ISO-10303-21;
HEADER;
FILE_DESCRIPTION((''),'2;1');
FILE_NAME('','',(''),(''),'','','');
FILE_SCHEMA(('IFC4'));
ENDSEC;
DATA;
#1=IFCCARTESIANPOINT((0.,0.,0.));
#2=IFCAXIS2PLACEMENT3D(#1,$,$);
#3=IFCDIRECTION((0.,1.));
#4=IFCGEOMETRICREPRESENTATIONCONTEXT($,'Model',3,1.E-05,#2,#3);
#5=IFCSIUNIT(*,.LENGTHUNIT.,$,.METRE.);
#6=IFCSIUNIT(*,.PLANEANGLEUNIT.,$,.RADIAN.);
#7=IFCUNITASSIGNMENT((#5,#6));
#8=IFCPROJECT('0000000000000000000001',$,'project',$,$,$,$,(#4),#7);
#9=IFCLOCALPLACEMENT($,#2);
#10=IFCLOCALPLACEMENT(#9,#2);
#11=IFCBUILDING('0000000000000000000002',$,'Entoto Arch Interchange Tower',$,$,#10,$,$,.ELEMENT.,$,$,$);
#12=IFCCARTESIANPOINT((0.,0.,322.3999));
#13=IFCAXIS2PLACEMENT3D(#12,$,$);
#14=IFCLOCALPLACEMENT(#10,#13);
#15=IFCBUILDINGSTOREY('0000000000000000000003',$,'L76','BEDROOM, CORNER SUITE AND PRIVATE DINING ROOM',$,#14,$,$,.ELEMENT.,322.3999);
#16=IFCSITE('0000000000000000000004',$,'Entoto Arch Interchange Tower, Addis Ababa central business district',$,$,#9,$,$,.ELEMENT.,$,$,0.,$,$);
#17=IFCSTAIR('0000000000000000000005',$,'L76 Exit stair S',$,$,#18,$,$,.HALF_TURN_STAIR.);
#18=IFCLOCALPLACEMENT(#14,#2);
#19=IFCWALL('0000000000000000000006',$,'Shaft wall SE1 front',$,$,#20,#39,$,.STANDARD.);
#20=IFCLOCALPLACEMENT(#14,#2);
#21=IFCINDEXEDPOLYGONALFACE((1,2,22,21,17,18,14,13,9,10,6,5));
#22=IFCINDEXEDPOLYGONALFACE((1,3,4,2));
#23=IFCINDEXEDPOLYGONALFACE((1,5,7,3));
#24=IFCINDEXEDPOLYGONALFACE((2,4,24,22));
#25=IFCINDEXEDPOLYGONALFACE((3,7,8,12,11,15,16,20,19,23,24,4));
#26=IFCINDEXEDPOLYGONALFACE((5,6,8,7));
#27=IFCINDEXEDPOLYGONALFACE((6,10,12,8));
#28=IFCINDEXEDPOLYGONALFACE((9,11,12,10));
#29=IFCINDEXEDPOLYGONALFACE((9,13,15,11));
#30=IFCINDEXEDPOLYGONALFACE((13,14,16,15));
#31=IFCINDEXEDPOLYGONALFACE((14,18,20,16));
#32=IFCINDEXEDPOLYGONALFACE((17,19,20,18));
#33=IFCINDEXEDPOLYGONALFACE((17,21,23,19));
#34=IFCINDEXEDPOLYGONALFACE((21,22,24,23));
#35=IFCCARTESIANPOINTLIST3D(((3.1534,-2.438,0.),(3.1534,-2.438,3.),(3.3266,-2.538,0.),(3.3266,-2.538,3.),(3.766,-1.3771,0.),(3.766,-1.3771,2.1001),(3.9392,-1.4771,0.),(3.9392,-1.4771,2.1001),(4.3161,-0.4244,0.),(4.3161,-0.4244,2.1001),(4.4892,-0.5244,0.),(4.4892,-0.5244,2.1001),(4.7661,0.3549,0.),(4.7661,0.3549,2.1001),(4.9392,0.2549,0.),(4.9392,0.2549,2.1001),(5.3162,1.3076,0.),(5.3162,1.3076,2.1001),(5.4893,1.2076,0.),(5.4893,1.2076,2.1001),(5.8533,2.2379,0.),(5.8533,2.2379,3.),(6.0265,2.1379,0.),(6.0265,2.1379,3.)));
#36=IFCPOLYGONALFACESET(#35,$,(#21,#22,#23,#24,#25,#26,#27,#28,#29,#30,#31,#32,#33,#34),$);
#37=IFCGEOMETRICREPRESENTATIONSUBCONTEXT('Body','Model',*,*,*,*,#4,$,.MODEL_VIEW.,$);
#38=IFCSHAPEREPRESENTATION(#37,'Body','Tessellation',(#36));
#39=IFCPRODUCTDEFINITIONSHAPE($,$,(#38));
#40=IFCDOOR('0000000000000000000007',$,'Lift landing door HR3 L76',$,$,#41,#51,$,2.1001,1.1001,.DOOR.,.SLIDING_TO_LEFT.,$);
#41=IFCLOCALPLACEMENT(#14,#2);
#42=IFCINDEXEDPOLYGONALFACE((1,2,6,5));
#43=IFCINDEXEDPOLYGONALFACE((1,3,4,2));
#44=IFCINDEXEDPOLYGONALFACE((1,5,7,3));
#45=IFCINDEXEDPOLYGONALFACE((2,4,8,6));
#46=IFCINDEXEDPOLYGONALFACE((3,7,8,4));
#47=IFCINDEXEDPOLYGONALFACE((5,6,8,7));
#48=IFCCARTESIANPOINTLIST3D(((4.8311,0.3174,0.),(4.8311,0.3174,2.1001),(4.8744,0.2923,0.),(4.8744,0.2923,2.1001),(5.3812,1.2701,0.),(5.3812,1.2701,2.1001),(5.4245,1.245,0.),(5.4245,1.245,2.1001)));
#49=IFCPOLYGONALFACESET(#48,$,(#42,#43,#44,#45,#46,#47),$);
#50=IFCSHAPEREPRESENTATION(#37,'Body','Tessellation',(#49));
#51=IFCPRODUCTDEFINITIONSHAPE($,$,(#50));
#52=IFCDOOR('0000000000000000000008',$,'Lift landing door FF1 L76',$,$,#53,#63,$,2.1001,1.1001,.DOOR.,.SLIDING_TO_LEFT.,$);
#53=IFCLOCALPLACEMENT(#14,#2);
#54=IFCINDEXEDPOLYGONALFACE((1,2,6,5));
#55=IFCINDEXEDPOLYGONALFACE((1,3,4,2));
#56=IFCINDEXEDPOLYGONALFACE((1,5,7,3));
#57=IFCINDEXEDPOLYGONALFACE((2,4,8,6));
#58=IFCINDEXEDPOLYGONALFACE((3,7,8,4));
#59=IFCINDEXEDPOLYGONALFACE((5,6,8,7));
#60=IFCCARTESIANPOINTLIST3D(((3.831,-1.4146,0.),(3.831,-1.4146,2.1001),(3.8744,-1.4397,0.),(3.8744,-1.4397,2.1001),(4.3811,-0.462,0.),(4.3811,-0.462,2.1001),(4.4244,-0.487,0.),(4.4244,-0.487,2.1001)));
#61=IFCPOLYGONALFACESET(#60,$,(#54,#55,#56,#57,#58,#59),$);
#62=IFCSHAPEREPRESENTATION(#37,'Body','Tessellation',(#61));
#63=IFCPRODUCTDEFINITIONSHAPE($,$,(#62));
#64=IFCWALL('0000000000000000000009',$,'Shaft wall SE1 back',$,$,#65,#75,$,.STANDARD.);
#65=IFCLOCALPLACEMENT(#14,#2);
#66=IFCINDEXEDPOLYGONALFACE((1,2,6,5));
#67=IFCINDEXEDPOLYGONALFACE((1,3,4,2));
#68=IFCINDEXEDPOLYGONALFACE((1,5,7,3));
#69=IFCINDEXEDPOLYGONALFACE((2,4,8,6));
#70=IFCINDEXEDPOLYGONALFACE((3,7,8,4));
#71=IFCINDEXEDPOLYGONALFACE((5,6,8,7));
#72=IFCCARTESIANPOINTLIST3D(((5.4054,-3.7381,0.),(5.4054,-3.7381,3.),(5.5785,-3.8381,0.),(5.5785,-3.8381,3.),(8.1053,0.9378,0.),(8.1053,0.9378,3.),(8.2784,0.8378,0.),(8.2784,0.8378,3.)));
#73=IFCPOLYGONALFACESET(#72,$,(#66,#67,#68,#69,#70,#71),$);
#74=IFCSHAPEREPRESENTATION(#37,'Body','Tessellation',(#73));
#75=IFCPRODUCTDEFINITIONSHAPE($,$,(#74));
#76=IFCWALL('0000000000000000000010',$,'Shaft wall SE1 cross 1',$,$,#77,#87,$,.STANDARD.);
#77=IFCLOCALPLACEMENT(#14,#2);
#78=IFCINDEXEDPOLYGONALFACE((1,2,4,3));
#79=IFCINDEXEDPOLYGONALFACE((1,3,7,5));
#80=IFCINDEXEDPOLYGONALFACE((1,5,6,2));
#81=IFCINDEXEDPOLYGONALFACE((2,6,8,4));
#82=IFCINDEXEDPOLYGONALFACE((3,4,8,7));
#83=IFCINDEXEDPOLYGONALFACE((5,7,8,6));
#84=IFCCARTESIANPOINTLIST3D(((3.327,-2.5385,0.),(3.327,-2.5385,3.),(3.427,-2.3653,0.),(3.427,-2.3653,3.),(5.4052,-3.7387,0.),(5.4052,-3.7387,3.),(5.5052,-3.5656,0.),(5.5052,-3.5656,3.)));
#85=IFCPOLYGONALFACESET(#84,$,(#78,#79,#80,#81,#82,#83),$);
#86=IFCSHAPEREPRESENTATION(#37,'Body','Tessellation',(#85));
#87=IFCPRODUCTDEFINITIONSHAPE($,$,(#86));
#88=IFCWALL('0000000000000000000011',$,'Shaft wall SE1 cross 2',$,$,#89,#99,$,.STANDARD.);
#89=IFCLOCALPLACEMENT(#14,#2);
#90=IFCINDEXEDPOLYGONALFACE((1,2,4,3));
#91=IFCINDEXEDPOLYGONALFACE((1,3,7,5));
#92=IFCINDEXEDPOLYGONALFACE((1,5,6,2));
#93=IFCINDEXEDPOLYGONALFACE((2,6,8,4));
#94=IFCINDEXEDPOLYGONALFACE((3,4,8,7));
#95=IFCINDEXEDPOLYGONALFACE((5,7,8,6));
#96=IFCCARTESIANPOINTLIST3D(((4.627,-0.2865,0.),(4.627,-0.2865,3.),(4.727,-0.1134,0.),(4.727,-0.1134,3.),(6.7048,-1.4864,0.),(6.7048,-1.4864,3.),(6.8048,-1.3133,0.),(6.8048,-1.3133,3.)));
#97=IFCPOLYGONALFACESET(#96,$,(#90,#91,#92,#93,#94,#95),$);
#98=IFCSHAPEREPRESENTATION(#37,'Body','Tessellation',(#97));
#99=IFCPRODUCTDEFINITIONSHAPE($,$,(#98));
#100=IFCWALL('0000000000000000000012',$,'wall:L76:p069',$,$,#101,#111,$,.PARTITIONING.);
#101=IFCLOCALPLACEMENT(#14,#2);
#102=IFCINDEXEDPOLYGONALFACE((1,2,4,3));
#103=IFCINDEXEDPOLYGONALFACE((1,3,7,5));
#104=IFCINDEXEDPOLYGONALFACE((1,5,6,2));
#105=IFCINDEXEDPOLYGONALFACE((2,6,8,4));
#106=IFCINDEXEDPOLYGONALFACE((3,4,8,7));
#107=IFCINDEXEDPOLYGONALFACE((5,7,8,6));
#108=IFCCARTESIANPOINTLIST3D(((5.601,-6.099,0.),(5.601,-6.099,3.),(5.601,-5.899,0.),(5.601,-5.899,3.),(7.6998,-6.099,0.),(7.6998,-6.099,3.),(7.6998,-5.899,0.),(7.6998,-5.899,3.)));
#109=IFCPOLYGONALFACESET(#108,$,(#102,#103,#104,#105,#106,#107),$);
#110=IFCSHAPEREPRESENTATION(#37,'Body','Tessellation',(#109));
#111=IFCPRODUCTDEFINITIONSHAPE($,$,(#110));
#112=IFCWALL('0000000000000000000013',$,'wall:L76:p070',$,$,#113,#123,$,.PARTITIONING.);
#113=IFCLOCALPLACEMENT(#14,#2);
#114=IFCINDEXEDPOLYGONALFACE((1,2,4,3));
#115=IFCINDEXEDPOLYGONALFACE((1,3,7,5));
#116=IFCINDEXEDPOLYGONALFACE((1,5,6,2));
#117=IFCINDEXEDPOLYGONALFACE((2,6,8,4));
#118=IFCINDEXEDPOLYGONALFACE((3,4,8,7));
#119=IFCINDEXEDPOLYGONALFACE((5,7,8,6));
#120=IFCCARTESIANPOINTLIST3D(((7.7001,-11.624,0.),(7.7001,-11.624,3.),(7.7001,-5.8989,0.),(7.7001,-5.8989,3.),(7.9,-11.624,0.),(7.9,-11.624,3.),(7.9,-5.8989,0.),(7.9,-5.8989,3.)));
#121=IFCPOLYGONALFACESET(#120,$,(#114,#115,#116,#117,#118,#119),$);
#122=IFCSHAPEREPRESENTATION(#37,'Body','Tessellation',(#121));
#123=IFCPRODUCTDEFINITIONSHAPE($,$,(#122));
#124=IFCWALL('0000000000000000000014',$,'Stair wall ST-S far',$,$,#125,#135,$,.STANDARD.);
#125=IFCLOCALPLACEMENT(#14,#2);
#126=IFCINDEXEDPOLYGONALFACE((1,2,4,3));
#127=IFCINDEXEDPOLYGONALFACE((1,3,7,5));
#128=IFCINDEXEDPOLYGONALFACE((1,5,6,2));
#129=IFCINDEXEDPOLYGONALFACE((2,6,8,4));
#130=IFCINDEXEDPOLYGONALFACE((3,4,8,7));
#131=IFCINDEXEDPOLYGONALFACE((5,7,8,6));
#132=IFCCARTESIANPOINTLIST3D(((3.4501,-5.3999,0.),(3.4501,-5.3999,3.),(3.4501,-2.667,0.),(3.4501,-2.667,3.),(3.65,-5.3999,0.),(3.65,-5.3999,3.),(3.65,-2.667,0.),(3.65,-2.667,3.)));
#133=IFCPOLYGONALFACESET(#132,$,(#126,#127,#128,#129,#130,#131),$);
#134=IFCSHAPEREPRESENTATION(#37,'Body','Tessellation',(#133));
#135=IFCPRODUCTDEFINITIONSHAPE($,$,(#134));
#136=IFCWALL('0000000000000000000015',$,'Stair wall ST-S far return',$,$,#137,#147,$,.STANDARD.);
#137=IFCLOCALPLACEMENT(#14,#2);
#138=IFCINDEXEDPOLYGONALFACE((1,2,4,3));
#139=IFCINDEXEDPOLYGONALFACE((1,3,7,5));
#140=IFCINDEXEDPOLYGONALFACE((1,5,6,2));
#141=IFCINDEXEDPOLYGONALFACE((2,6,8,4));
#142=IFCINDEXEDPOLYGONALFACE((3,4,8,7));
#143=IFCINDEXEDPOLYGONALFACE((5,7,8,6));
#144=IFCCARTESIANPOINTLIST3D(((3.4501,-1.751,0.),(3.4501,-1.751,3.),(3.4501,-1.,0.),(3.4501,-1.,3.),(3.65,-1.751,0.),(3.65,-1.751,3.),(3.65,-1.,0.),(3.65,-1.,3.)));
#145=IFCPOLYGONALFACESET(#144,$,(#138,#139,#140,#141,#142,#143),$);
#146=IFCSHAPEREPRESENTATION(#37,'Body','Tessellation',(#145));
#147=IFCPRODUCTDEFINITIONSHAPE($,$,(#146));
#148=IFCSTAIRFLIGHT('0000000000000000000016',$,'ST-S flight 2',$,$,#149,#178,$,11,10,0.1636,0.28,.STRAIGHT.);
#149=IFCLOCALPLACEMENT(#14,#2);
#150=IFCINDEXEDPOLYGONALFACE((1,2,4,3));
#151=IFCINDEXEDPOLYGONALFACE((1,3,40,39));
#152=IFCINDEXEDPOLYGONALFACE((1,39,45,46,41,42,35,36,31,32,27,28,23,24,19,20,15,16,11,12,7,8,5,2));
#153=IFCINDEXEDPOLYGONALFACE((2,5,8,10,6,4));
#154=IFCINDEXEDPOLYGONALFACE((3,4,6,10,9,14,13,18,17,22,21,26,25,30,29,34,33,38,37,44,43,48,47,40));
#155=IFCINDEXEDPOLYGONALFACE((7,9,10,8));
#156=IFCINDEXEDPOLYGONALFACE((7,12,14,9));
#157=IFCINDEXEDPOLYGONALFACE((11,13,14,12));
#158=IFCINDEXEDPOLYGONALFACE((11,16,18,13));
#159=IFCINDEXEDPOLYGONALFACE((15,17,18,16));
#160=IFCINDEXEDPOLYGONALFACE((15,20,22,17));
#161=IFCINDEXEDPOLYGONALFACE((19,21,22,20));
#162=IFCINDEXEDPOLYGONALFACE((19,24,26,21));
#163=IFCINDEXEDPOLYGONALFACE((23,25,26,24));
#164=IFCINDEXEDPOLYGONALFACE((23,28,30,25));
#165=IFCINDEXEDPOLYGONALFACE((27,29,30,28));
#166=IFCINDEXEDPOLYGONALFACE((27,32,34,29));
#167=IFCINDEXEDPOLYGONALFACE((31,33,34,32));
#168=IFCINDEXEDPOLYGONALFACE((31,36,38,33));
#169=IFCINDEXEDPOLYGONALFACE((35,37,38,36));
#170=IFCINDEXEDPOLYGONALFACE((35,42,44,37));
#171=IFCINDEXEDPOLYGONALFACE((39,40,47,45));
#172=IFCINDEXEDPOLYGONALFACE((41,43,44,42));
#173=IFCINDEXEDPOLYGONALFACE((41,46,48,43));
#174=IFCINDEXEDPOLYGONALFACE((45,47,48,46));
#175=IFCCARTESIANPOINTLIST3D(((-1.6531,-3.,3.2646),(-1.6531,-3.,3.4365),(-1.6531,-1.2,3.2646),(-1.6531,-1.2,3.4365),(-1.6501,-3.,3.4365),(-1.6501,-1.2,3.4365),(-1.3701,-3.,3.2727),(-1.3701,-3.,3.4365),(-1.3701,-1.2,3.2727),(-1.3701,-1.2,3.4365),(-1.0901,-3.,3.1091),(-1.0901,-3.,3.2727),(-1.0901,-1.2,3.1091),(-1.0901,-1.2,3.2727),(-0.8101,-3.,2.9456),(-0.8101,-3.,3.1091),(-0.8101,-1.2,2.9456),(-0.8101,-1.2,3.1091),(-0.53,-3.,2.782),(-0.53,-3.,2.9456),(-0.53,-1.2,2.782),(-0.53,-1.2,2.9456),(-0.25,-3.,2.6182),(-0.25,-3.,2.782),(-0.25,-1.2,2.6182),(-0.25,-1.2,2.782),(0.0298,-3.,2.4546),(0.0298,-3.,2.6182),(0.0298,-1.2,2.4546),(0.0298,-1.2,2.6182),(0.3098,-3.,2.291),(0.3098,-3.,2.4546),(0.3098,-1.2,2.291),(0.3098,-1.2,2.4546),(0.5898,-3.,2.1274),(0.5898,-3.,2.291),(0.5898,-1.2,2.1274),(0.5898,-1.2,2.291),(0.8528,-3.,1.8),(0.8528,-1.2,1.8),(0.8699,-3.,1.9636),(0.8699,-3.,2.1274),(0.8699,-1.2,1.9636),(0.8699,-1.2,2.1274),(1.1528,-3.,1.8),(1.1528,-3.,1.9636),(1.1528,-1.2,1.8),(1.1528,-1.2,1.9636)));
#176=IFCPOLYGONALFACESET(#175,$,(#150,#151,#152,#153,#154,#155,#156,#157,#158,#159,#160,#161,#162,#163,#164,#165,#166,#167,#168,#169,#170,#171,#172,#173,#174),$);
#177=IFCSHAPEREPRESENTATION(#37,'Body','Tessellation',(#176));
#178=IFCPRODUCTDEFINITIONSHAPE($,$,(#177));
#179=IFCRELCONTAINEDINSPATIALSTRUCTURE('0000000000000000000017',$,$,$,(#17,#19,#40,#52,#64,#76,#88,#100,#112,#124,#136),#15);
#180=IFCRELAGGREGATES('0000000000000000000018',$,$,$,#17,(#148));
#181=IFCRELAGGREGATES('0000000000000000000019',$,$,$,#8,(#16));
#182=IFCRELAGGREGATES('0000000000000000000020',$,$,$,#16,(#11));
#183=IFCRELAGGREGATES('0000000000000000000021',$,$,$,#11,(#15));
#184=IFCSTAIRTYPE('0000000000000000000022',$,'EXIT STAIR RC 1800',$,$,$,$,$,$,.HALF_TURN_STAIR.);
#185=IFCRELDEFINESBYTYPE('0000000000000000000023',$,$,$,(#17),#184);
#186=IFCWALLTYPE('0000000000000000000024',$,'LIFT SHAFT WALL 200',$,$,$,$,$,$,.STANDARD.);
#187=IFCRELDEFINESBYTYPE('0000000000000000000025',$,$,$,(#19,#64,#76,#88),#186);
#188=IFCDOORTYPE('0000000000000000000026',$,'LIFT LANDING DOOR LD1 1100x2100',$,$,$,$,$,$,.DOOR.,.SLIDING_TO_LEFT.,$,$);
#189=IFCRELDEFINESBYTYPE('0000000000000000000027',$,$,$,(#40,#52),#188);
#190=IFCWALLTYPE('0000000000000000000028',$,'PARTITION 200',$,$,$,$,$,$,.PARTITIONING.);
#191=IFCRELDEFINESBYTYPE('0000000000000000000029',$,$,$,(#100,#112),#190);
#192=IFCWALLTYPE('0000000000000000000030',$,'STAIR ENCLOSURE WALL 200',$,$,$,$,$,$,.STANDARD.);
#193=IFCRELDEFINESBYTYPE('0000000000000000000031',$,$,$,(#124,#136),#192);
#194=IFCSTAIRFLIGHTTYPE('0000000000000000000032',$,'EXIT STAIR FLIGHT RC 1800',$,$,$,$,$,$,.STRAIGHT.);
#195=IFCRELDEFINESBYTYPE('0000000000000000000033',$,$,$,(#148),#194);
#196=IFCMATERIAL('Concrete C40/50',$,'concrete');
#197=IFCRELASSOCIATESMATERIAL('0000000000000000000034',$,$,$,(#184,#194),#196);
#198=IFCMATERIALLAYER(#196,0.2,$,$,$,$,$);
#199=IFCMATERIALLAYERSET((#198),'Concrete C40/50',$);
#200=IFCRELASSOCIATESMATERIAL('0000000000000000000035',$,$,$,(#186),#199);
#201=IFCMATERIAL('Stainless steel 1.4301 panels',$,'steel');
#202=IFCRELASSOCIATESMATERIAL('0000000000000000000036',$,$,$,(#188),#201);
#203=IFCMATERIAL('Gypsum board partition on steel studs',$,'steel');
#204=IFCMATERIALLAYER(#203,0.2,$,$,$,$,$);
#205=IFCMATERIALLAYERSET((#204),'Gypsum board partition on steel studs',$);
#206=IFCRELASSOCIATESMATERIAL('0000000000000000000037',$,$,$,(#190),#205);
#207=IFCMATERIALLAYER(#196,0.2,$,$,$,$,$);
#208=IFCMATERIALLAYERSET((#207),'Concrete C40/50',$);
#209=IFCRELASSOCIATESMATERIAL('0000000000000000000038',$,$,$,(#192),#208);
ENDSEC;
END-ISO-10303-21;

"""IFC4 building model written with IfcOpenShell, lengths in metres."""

from ifc_helpers import new_model, si_unit, direction, frame, frame_2d, origin, place, context, subcontext, project, spatial, polyline, rectangle, outline, extrude, material, layer, layer_set, type_object, element, fill, aggregate, save


model = new_model("IFC4")

# Units and contexts
model_context = context("Model", 3, precision=1e-05, world=origin(), true_north=direction((0.0, 1.0)))
body_context = subcontext(model_context, "Body", "Model", "MODEL_VIEW")
ifc_project = project(units=[si_unit("LENGTHUNIT", "METRE"), si_unit("PLANEANGLEUNIT", "RADIAN")], contexts=[model_context])

# Site, building, storey
site_placement = place(None, origin())
site = spatial("IfcSite", under=ifc_project, at=site_placement, Name="Entoto Arch Interchange Tower, Addis Ababa central business district", CompositionType="ELEMENT", RefElevation=0.0)
building_placement = place(site_placement, origin())
building = spatial("IfcBuilding", under=site, at=building_placement, Name="Entoto Arch Interchange Tower", CompositionType="ELEMENT")
storey_placement = place(building_placement, frame((0.0, 0.0, 322.3999)))
storey = spatial("IfcBuildingStorey", under=building, at=storey_placement, Name="L76", Description="BEDROOM, CORNER SUITE AND PRIVATE DINING ROOM", CompositionType="ELEMENT", Elevation=322.3999)

# Shared definitions
ifc_material_1 = material(Name="Concrete C40/50", Category="concrete")

# Stair
stair_type = type_object("IfcStairType", Name="EXIT STAIR RC 1800", PredefinedType="HALF_TURN_STAIR", material=ifc_material_1)
stair_1_placement = place(storey_placement, origin())
stair_1 = element("IfcStair", 1, at=stair_1_placement, inside=storey, type_object=stair_type, Name="L76 Exit stair S", PredefinedType="HALF_TURN_STAIR")

# Wall, openings, doors
ifc_layer_1 = layer(ifc_material_1, 0.2)
ifc_layer_set_1 = layer_set([ifc_layer_1], Name="Concrete C40/50")
wall_type_1 = type_object("IfcWallType", Name="LIFT SHAFT WALL 200", PredefinedType="STANDARD", material=ifc_layer_set_1)
wall_1_placement = place(storey_placement, frame((3.24, -2.488, 0.0), z_axis=(0.0, 0.0, 1.0), x_axis=(0.500034, 0.866006, 0.0)))
wall_1 = element("IfcWall", 2, at=wall_1_placement, inside=storey, type_object=wall_type_1, Name="Shaft wall SE1 front", PredefinedType="STANDARD", context=body_context, shape_type="SweptSolid", body=[
    extrude(rectangle(XDim=5.3994, YDim=0.2, at=frame_2d((2.6997, 0.0))), origin(), (0.0, 0.0, 1.0), 3.0),
])
opening_1_placement = place(wall_1_placement, frame((3.2251, 0.0, 0.0)))
opening_1 = element("IfcOpeningElement", 3, at=opening_1_placement, cuts=wall_1, PredefinedType="OPENING", context=body_context, shape_type="SweptSolid", body=[
    extrude(rectangle(XDim=1.1001, YDim=2.1001, at=frame_2d((0.55, 1.05))), frame((0.0, 0.1099, 0.0), z_axis=(0.0, -1.0, 0.0), x_axis=(1.0, 0.0, 0.0)), (0.0, 0.0, 1.0), 0.22),
])
opening_2_placement = place(wall_1_placement, frame((1.2251, 0.0, 0.0)))
opening_2 = element("IfcOpeningElement", 4, at=opening_2_placement, cuts=wall_1, PredefinedType="OPENING", context=body_context, shape_type="SweptSolid", body=[
    extrude(rectangle(XDim=1.1001, YDim=2.1001, at=frame_2d((0.55, 1.05))), frame((0.0, 0.1099, 0.0), z_axis=(0.0, -1.0, 0.0), x_axis=(1.0, 0.0, 0.0)), (0.0, 0.0, 1.0), 0.22),
])
ifc_material_2 = material(Name="Stainless steel 1.4301 panels", Category="steel")
door_type_1 = type_object("IfcDoorType", Name="LIFT LANDING DOOR LD1 1100x2100", OperationType="SLIDING_TO_LEFT", PredefinedType="DOOR", material=ifc_material_2)
door_1_placement = place(opening_1_placement, origin())
door_1 = element("IfcDoor", 5, at=door_1_placement, inside=storey, type_object=door_type_1, Name="Lift landing door HR3 L76", OperationType="SLIDING_TO_LEFT", OverallHeight=2.1001, OverallWidth=1.1001, PredefinedType="DOOR", context=body_context, shape_type="SweptSolid", body=[
    extrude(rectangle(XDim=1.1001, YDim=2.1001, at=frame_2d((0.55, 1.05))), frame((0.0, 0.0249, 0.0), z_axis=(0.0, -1.0, 0.0), x_axis=(1.0, 0.0, 0.0)), (0.0, 0.0, 1.0), 0.05),
])
fill(opening_1, door_1)
door_2_placement = place(opening_2_placement, origin())
door_2 = element("IfcDoor", 6, at=door_2_placement, inside=storey, type_object=door_type_1, Name="Lift landing door FF1 L76", OperationType="SLIDING_TO_LEFT", OverallHeight=2.1001, OverallWidth=1.1001, PredefinedType="DOOR", context=body_context, shape_type="SweptSolid", body=[
    extrude(rectangle(XDim=1.1001, YDim=2.1001, at=frame_2d((0.55, 1.05))), frame((0.0, 0.0249, 0.0), z_axis=(0.0, -1.0, 0.0), x_axis=(1.0, 0.0, 0.0)), (0.0, 0.0, 1.0), 0.05),
])
fill(opening_2, door_2)

# Walls
wall_2_placement = place(storey_placement, frame((5.4919, -3.7881, 0.0), z_axis=(0.0, 0.0, 1.0), x_axis=(0.500034, 0.866006, 0.0)))
element("IfcWall", 7, at=wall_2_placement, inside=storey, type_object=wall_type_1, Name="Shaft wall SE1 back", PredefinedType="STANDARD", context=body_context, shape_type="SweptSolid", body=[
    extrude(rectangle(XDim=5.3994, YDim=0.2, at=frame_2d((2.6997, 0.0))), origin(), (0.0, 0.0, 1.0), 3.0),
])
wall_3_placement = place(storey_placement, frame((3.377, -2.4519, 0.0), z_axis=(0.0, 0.0, 1.0), x_axis=(0.865955, -0.500122, 0.0)))
element("IfcWall", 8, at=wall_3_placement, inside=storey, type_object=wall_type_1, Name="Shaft wall SE1 cross 1", PredefinedType="STANDARD", context=body_context, shape_type="SweptSolid", body=[
    extrude(rectangle(XDim=2.3999, YDim=0.2, at=frame_2d((1.2, 0.0))), origin(), (0.0, 0.0, 1.0), 3.0),
])
wall_4_placement = place(storey_placement, frame((4.677, -0.2, 0.0), z_axis=(0.0, 0.0, 1.0), x_axis=(0.865974, -0.500089, 0.0)))
element("IfcWall", 9, at=wall_4_placement, inside=storey, type_object=wall_type_1, Name="Shaft wall SE1 cross 2", PredefinedType="STANDARD", context=body_context, shape_type="SweptSolid", body=[
    extrude(rectangle(XDim=2.3994, YDim=0.2, at=frame_2d((1.1997, 0.0))), origin(), (0.0, 0.0, 1.0), 3.0),
])
ifc_material_3 = material(Name="Gypsum board partition on steel studs", Category="steel")
ifc_layer_2 = layer(ifc_material_3, 0.2)
ifc_layer_set_2 = layer_set([ifc_layer_2], Name="Gypsum board partition on steel studs")
wall_type_2 = type_object("IfcWallType", Name="PARTITION 200", PredefinedType="PARTITIONING", material=ifc_layer_set_2)
wall_5_placement = place(storey_placement, frame((5.6011, -5.999, 0.0), z_axis=(0.0, 0.0, 1.0), x_axis=(1.0, 0.0, 0.0)))
element("IfcWall", 10, at=wall_5_placement, inside=storey, type_object=wall_type_2, Name="wall:L76:p069", PredefinedType="PARTITIONING", context=body_context, shape_type="SweptSolid", body=[
    extrude(rectangle(XDim=2.0989, YDim=0.2, at=frame_2d((1.0493, 0.0))), origin(), (0.0, 0.0, 1.0), 3.0),
])
wall_6_placement = place(storey_placement, frame((7.8, -5.8989, 0.0), z_axis=(0.0, 0.0, 1.0), x_axis=(0.0, -1.0, 0.0)))
element("IfcWall", 11, at=wall_6_placement, inside=storey, type_object=wall_type_2, Name="wall:L76:p070", PredefinedType="PARTITIONING", context=body_context, shape_type="SweptSolid", body=[
    extrude(rectangle(XDim=5.7251, YDim=0.2, at=frame_2d((2.8625, 0.0))), origin(), (0.0, 0.0, 1.0), 3.0),
])
ifc_layer_3 = layer(ifc_material_1, 0.2)
ifc_layer_set_3 = layer_set([ifc_layer_3], Name="Concrete C40/50")
wall_type_3 = type_object("IfcWallType", Name="STAIR ENCLOSURE WALL 200", PredefinedType="STANDARD", material=ifc_layer_set_3)
wall_7_placement = place(storey_placement, frame((3.55, -2.667, 0.0), z_axis=(0.0, 0.0, 1.0), x_axis=(0.0, -1.0, 0.0)))
element("IfcWall", 12, at=wall_7_placement, inside=storey, type_object=wall_type_3, Name="Stair wall ST-S far", PredefinedType="STANDARD", context=body_context, shape_type="SweptSolid", body=[
    extrude(rectangle(XDim=2.7329, YDim=0.2, at=frame_2d((1.3665, 0.0))), origin(), (0.0, 0.0, 1.0), 3.0),
])
wall_8_placement = place(storey_placement, frame((3.55, -1.0, 0.0), z_axis=(0.0, 0.0, 1.0), x_axis=(0.0, -1.0, 0.0)))
element("IfcWall", 13, at=wall_8_placement, inside=storey, type_object=wall_type_3, Name="Stair wall ST-S far return", PredefinedType="STANDARD", context=body_context, shape_type="SweptSolid", body=[
    extrude(rectangle(XDim=0.751, YDim=0.2, at=frame_2d((0.3755, 0.0))), origin(), (0.0, 0.0, 1.0), 3.0),
])

# Stair flight
stair_flight_type = type_object("IfcStairFlightType", Name="EXIT STAIR FLIGHT RC 1800", PredefinedType="STRAIGHT", material=ifc_material_1)
stair_flight_placement = place(storey_placement, frame((1.1499, -2.1001, 1.8), z_axis=(0.0, 0.0, 1.0), x_axis=(-1.0, 0.0, 0.0)))
stair_flight = element("IfcStairFlight", 14, at=stair_flight_placement, type_object=stair_flight_type, Name="ST-S flight 2", NumberOfRisers=11, NumberOfTreads=10, PredefinedType="STRAIGHT", RiserHeight=0.1636, TreadLength=0.28, context=body_context, shape_type="SweptSolid", body=[
    extrude(outline(polyline([(-0.0029, 0.0), (-0.0029, 0.1636), (0.28, 0.1636), (0.28, 0.3274), (0.5601, 0.3274), (0.5601, 0.491), (0.8401, 0.491), (0.8401, 0.6545), (1.1201, 0.6545), (1.1201, 0.8181), (1.3999, 0.8181), (1.3999, 0.9819), (1.6799, 0.9819), (1.6799, 1.1455), (1.96, 1.1455), (1.96, 1.3091), (2.24, 1.3091), (2.24, 1.4727), (2.52, 1.4727), (2.52, 1.6365), (2.8, 1.6365), (2.803, 1.6365), (2.803, 1.4646), (0.2971, 0.0), (-0.0029, 0.0)])), frame((0.0, 0.8999, 0.0), z_axis=(0.0, -1.0, 0.0), x_axis=(1.0, 0.0, 0.0)), (0.0, 0.0, 1.0), 1.8),
])
aggregate(stair_1, [stair_flight])

save(model, "model.ifc")
